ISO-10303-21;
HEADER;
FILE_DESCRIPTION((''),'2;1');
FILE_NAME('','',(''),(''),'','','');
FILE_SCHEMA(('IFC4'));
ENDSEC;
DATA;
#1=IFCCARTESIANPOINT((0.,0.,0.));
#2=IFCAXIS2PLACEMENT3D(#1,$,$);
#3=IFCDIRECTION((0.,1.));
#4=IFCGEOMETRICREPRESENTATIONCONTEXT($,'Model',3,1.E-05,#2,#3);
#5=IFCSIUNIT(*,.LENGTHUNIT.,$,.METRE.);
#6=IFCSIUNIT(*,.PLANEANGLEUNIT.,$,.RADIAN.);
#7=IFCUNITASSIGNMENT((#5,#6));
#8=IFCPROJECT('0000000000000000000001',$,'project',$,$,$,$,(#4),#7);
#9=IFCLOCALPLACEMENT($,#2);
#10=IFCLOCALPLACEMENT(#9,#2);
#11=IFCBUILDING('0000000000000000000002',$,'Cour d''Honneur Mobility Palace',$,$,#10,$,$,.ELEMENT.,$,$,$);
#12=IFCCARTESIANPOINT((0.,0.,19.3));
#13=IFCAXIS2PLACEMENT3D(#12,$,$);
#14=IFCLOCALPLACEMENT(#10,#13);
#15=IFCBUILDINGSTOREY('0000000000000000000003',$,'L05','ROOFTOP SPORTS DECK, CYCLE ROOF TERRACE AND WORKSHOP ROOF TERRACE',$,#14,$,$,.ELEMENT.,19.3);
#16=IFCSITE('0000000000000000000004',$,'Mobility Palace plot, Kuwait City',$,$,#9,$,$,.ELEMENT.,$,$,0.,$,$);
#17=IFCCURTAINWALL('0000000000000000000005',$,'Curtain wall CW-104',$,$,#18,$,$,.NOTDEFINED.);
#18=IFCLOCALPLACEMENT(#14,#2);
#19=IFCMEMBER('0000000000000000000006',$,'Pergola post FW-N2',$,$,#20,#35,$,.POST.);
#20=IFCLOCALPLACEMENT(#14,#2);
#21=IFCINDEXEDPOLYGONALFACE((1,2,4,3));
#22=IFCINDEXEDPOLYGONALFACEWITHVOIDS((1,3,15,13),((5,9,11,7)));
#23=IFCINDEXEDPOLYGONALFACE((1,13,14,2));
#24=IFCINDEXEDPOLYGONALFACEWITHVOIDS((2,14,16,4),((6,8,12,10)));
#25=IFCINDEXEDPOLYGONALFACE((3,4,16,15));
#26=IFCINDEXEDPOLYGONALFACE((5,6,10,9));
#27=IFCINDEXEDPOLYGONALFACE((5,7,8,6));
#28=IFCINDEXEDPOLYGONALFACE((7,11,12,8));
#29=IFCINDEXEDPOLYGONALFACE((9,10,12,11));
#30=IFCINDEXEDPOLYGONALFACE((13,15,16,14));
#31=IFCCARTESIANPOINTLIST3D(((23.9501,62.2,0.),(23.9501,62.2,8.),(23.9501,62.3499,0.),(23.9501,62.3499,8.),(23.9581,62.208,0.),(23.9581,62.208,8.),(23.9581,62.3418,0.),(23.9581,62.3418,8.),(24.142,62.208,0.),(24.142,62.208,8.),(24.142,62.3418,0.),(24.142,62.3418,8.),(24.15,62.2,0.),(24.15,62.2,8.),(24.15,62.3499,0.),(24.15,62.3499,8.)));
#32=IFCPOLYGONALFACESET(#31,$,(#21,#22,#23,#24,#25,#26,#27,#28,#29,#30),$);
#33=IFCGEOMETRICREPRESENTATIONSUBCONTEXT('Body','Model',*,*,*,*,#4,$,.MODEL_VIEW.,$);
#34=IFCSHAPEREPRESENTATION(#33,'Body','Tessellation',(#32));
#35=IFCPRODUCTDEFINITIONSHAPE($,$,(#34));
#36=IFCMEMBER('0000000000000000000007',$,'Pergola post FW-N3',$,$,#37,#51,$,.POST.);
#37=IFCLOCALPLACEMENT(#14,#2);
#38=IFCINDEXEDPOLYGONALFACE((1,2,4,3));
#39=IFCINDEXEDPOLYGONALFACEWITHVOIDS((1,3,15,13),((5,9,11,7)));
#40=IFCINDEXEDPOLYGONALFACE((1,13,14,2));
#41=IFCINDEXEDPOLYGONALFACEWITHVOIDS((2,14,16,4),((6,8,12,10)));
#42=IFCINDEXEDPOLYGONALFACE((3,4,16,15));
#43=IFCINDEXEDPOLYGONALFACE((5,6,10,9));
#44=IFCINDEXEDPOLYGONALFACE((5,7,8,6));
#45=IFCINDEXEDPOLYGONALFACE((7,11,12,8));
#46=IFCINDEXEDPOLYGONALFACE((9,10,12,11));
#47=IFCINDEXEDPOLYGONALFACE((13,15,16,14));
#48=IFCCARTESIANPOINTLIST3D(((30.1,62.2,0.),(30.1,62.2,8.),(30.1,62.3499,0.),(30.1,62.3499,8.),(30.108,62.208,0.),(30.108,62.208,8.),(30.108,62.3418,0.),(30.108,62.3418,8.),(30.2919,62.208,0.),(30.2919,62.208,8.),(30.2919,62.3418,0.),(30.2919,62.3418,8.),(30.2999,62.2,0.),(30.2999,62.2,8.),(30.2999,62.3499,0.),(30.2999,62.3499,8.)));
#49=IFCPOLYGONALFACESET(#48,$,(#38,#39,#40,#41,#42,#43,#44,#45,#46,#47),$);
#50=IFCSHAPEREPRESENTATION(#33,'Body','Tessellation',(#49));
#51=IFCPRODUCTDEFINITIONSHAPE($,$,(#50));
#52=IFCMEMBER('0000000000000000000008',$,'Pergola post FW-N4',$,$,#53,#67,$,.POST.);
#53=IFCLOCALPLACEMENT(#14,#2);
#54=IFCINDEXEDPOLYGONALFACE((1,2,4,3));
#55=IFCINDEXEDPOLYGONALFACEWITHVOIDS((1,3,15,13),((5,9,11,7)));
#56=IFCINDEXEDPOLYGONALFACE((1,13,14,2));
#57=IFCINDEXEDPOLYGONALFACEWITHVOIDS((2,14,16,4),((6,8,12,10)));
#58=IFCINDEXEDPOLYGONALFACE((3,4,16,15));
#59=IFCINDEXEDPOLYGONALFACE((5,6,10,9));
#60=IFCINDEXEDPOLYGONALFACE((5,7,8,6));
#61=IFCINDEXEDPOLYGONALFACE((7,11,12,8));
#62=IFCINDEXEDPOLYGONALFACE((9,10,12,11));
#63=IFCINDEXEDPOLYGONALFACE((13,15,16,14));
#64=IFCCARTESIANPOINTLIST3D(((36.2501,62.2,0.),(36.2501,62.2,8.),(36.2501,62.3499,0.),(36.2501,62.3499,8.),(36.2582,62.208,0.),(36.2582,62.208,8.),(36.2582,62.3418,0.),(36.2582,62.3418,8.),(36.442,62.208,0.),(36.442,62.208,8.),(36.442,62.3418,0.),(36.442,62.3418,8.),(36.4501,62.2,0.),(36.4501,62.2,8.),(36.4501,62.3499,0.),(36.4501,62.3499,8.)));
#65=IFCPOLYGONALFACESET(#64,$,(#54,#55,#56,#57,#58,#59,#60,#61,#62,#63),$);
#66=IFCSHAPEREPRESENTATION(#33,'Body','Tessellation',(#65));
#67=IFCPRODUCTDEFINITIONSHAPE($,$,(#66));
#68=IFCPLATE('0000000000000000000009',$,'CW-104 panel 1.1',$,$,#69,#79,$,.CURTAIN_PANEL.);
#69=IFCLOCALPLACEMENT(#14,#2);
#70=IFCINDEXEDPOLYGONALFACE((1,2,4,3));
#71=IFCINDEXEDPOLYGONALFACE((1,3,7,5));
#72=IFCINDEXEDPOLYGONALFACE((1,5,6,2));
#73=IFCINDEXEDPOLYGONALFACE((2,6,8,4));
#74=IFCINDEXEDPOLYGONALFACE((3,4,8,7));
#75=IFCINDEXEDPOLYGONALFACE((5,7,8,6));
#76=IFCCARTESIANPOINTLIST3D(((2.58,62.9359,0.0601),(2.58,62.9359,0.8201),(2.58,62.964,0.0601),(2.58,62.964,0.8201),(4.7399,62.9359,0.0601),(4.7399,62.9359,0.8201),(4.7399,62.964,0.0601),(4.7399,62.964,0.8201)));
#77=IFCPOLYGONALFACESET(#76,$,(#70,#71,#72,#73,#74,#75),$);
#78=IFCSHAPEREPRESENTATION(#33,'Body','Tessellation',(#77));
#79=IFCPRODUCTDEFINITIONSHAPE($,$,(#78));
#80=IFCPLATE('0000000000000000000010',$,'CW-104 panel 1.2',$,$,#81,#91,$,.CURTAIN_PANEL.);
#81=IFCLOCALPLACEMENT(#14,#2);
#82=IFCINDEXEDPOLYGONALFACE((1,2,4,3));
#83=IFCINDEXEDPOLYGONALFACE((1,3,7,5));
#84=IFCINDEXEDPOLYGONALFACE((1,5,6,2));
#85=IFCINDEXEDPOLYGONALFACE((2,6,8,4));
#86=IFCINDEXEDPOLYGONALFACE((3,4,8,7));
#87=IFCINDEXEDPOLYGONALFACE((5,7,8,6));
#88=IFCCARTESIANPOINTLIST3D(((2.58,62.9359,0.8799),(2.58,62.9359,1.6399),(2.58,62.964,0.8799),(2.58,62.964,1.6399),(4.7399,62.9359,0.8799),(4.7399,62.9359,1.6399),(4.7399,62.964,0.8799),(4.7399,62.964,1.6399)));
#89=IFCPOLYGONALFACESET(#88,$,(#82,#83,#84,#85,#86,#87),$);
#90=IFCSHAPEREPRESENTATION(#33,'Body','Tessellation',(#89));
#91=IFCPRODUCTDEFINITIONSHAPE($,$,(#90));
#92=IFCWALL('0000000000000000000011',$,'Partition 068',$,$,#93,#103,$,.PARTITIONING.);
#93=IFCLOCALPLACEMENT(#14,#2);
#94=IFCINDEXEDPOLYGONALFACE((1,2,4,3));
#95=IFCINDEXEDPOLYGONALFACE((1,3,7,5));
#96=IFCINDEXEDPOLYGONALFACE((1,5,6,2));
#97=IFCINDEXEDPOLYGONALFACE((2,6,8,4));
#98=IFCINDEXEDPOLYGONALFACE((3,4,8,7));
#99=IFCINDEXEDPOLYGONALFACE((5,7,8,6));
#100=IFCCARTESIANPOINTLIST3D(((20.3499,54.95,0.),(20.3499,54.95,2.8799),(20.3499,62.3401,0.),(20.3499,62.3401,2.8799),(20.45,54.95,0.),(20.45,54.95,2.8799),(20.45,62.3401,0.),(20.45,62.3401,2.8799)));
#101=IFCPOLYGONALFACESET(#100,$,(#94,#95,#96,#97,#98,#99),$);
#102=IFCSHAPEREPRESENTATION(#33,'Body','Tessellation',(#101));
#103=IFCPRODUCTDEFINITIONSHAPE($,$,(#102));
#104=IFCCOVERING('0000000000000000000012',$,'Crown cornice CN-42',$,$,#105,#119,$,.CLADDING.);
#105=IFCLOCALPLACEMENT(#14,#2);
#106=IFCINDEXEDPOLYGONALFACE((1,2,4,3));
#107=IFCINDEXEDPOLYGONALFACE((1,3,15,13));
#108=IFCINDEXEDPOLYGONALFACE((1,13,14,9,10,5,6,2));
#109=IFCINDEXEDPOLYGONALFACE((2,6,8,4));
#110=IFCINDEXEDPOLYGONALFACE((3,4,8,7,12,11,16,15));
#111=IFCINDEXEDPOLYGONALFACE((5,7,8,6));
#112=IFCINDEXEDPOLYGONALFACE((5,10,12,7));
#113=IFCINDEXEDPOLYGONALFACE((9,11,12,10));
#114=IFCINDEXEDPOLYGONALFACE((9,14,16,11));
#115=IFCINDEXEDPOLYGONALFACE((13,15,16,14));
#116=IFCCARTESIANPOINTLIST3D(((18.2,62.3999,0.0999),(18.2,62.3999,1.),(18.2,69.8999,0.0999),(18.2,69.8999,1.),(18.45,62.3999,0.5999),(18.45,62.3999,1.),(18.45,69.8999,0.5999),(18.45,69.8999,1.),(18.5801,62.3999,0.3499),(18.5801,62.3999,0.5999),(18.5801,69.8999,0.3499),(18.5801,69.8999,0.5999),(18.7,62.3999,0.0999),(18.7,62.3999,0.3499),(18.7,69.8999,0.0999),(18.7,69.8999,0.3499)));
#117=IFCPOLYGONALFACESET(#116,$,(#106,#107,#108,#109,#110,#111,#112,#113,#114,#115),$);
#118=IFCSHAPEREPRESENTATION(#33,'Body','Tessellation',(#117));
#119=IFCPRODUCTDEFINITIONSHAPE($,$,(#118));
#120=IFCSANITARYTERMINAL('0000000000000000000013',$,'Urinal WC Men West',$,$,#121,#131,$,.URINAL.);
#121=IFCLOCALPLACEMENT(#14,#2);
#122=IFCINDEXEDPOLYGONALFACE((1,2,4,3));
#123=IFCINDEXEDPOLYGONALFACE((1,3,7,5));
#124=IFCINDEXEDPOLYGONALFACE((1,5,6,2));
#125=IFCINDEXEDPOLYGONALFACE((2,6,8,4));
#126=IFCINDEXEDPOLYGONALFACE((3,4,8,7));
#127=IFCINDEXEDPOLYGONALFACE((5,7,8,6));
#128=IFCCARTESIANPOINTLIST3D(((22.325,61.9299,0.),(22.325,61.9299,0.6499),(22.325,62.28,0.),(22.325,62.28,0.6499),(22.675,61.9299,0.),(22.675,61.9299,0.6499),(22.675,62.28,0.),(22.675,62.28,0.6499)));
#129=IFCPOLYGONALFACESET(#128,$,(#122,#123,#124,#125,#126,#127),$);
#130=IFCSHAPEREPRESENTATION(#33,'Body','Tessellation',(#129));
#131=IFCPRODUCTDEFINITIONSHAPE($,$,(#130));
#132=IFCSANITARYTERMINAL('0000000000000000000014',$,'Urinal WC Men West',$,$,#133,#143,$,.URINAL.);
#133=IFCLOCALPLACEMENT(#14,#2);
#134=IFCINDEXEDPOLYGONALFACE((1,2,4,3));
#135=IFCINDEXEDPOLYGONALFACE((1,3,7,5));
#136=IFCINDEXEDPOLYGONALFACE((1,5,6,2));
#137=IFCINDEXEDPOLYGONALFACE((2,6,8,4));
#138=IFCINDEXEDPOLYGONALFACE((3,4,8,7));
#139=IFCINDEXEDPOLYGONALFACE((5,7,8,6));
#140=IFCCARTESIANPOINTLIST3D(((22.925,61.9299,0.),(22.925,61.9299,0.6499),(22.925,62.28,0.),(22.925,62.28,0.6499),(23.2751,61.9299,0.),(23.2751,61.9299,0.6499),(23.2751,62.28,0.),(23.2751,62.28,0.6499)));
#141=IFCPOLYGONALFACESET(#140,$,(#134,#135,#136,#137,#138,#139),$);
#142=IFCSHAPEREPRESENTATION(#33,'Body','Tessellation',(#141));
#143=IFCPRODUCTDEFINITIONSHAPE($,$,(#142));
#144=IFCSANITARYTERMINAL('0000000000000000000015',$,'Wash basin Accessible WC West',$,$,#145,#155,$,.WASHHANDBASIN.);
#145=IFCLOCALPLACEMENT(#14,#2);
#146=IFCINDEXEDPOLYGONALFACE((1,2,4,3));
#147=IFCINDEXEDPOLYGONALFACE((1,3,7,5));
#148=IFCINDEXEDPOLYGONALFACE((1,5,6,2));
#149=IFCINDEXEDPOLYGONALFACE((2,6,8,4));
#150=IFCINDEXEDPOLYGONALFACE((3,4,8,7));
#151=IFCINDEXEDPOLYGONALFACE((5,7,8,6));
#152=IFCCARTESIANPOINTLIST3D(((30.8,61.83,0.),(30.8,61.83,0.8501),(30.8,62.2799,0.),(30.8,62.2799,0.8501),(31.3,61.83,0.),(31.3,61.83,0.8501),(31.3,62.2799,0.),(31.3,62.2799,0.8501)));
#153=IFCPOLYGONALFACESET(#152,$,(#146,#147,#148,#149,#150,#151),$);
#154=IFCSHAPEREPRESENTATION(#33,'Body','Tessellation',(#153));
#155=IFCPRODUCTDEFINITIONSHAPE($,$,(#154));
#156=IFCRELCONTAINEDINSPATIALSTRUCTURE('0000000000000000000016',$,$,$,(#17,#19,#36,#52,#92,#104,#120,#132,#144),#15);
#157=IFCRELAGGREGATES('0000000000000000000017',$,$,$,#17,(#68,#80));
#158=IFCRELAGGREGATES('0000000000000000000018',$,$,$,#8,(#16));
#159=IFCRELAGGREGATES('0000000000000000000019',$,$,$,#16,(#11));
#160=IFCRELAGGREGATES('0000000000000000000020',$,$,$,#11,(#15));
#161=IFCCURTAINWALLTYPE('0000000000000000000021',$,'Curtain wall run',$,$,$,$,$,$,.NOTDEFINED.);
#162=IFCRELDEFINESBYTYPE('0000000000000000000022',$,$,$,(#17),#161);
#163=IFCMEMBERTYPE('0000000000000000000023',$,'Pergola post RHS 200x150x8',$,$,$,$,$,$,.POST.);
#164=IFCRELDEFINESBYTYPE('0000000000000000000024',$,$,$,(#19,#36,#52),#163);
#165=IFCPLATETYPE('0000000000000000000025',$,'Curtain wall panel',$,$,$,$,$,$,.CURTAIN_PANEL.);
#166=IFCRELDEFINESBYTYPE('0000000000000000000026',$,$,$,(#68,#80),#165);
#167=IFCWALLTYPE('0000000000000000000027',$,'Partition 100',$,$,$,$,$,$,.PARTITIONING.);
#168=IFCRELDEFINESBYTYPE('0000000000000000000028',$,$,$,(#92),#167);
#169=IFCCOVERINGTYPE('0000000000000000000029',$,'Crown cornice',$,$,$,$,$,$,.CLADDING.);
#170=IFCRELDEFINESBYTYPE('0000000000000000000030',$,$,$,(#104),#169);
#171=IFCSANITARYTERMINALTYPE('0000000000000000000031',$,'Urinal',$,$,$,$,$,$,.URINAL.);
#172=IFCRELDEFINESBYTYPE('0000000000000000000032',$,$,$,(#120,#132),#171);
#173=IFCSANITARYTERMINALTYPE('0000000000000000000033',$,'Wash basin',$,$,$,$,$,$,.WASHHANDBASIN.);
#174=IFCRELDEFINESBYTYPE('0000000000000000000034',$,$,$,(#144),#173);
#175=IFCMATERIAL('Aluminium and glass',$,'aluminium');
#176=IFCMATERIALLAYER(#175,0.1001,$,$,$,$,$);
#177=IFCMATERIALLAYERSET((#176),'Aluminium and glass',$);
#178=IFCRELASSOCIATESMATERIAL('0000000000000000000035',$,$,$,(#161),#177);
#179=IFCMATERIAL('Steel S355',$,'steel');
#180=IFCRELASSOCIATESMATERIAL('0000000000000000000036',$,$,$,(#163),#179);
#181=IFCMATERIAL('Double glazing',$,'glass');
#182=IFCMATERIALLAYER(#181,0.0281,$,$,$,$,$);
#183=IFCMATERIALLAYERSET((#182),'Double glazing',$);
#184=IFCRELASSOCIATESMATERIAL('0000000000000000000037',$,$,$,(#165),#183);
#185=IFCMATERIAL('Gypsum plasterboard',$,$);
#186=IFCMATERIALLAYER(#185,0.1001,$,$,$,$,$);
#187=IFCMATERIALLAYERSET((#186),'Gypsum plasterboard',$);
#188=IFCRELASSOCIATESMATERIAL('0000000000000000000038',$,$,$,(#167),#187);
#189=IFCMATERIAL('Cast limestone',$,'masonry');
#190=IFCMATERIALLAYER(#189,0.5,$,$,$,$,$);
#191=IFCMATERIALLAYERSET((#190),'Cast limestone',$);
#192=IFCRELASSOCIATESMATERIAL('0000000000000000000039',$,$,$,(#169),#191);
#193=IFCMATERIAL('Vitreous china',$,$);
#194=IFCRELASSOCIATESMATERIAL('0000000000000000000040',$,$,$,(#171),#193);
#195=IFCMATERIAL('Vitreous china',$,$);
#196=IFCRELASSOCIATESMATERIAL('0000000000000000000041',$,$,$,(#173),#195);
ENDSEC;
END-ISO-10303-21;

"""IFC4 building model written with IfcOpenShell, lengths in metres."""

from ifc_helpers import new_model, si_unit, direction, frame, frame_2d, origin, origin_2d, place, context, subcontext, project, spatial, polyline, rectangle, hollow_rectangle, outline, extrude, material, layer, layer_set, material_profile, profile_set, type_object, element, aggregate, save


model = new_model("IFC4")

# Units and contexts
model_context = context("Model", 3, precision=1e-05, world=origin(), true_north=direction((0.0, 1.0)))
body_context = subcontext(model_context, "Body", "Model", "MODEL_VIEW")
ifc_project = project(units=[si_unit("LENGTHUNIT", "METRE"), si_unit("PLANEANGLEUNIT", "RADIAN")], contexts=[model_context])

# Site, building, storey
site_placement = place(None, origin())
site = spatial("IfcSite", under=ifc_project, at=site_placement, Name="Mobility Palace plot, Kuwait City", CompositionType="ELEMENT", RefElevation=0.0)
building_placement = place(site_placement, origin())
building = spatial("IfcBuilding", under=site, at=building_placement, Name="Cour d'Honneur Mobility Palace", CompositionType="ELEMENT")
storey_placement = place(building_placement, frame((0.0, 0.0, 19.3)))
storey = spatial("IfcBuildingStorey", under=building, at=storey_placement, Name="L05", Description="ROOFTOP SPORTS DECK, CYCLE ROOF TERRACE AND WORKSHOP ROOF TERRACE", CompositionType="ELEMENT", Elevation=19.3)

# Curtain wall
ifc_material_1 = material(Name="Aluminium and glass", Category="aluminium")
ifc_layer_1 = layer(ifc_material_1, 0.1001)
ifc_layer_set_1 = layer_set([ifc_layer_1], Name="Aluminium and glass")
curtain_wall_type = type_object("IfcCurtainWallType", Name="Curtain wall run", PredefinedType="NOTDEFINED", material=ifc_layer_set_1)
curtain_wall_placement = place(storey_placement, origin())
curtain_wall = element("IfcCurtainWall", 1, at=curtain_wall_placement, inside=storey, type_object=curtain_wall_type, Name="Curtain wall CW-104", PredefinedType="NOTDEFINED")

# Members
ifc_material_2 = material(Name="Steel S355", Category="steel")
ifc_material_profile_1 = material_profile(ifc_material_2, hollow_rectangle(XDim=0.1499, YDim=0.2, WallThickness=0.0081, at=origin_2d()), Name="RHS 200x150x8")
ifc_profile_set_1 = profile_set([ifc_material_profile_1], Name="Steel S355")
member_type_1 = type_object("IfcMemberType", Name="Pergola post RHS 200x150x8", PredefinedType="POST", material=ifc_profile_set_1)
for number, where, z_axis, x_axis, name in (
    (2, (24.05, 62.2749, 0.0), (0.0, 0.0, 1.0), (0.0, 1.0, 0.0), "Pergola post FW-N2"),
    (3, (30.2, 62.2749, 0.0), (0.0, 0.0, 1.0), (0.0, 1.0, 0.0), "Pergola post FW-N3"),
    (4, (36.3501, 62.2749, 0.0), (0.0, 0.0, 1.0), (0.0, 1.0, 0.0), "Pergola post FW-N4"),
):
    element("IfcMember", number, at=place(storey_placement, frame(where, z_axis=z_axis, x_axis=x_axis)), inside=storey, type_object=member_type_1, Name=name, PredefinedType="POST", context=body_context, shape_type="SweptSolid", body=[
        extrude(hollow_rectangle(XDim=0.1499, YDim=0.2, WallThickness=0.0081, at=origin_2d()), origin(), (0.0, 0.0, 1.0), 8.0),
    ])

# Plates
ifc_material_3 = material(Name="Double glazing", Category="glass")
ifc_layer_2 = layer(ifc_material_3, 0.0281)
ifc_layer_set_2 = layer_set([ifc_layer_2], Name="Double glazing")
plate_type = type_object("IfcPlateType", Name="Curtain wall panel", PredefinedType="CURTAIN_PANEL", material=ifc_layer_set_2)
plate_1_placement = place(storey_placement, frame((3.6599, 62.95, 0.0601), z_axis=(0.0, 0.0, 1.0), x_axis=(-1.0, 0.0, 0.0)))
plate_1 = element("IfcPlate", 5, at=plate_1_placement, type_object=plate_type, Name="CW-104 panel 1.1", PredefinedType="CURTAIN_PANEL", context=body_context, shape_type="SweptSolid", body=[
    extrude(rectangle(XDim=2.1599, YDim=0.0281, at=origin_2d()), origin(), (0.0, 0.0, 1.0), 0.76),
])
plate_2_placement = place(storey_placement, frame((3.6599, 62.95, 0.8799), z_axis=(0.0, 0.0, 1.0), x_axis=(-1.0, 0.0, 0.0)))
plate_2 = element("IfcPlate", 6, at=plate_2_placement, type_object=plate_type, Name="CW-104 panel 1.2", PredefinedType="CURTAIN_PANEL", context=body_context, shape_type="SweptSolid", body=[
    extrude(rectangle(XDim=2.1599, YDim=0.0281, at=origin_2d()), origin(), (0.0, 0.0, 1.0), 0.76),
])
aggregate(curtain_wall, [plate_1, plate_2])

# Wall
ifc_material_4 = material(Name="Gypsum plasterboard")
ifc_layer_3 = layer(ifc_material_4, 0.1001)
ifc_layer_set_3 = layer_set([ifc_layer_3], Name="Gypsum plasterboard")
wall_type = type_object("IfcWallType", Name="Partition 100", PredefinedType="PARTITIONING", material=ifc_layer_set_3)
wall_placement = place(storey_placement, frame((20.3999, 62.3401, 0.0), z_axis=(0.0, 0.0, 1.0), x_axis=(0.0, -1.0, 0.0)))
element("IfcWall", 7, at=wall_placement, inside=storey, type_object=wall_type, Name="Partition 068", PredefinedType="PARTITIONING", context=body_context, shape_type="SweptSolid", body=[
    extrude(rectangle(XDim=7.3901, YDim=0.1001, at=frame_2d((3.6951, 0.0))), origin(), (0.0, 0.0, 1.0), 2.8799),
])

# Covering
ifc_material_5 = material(Name="Cast limestone", Category="masonry")
ifc_layer_4 = layer(ifc_material_5, 0.5)
ifc_layer_set_4 = layer_set([ifc_layer_4], Name="Cast limestone")
covering_type = type_object("IfcCoveringType", Name="Crown cornice", PredefinedType="CLADDING", material=ifc_layer_set_4)
covering_placement = place(storey_placement, frame((18.2, 62.3999, 0.0999), z_axis=(0.0, -1.0, 0.0), x_axis=(1.0, 0.0, 0.0)))
element("IfcCovering", 8, at=covering_placement, inside=storey, type_object=covering_type, Name="Crown cornice CN-42", PredefinedType="CLADDING", context=body_context, shape_type="SweptSolid", body=[
    extrude(outline(polyline([(0.0, 0.0), (0.5, 0.0), (0.5, 0.25), (0.3801, 0.25), (0.3801, 0.5), (0.25, 0.5), (0.25, 0.9001), (0.0, 0.9001), (0.0, 0.0)])), origin(), (0.0, 0.0, -1.0), 7.5),
])

# Sanitary terminals
ifc_material_6 = material(Name="Vitreous china")
sanitary_terminal_type_1 = type_object("IfcSanitaryTerminalType", Name="Urinal", PredefinedType="URINAL", material=ifc_material_6)
for number, where, z_axis, x_axis, name in (
    (9, (22.5, 62.105, 0.0), (0.0, 0.0, 1.0), (1.0, 0.0, 0.0), "Urinal WC Men West"),
    (10, (23.1001, 62.105, 0.0), (0.0, 0.0, 1.0), (1.0, 0.0, 0.0), "Urinal WC Men West"),
):
    element("IfcSanitaryTerminal", number, at=place(storey_placement, frame(where, z_axis=z_axis, x_axis=x_axis)), inside=storey, type_object=sanitary_terminal_type_1, Name=name, PredefinedType="URINAL", context=body_context, shape_type="SweptSolid", body=[
        extrude(rectangle(XDim=0.3501, YDim=0.3501, at=origin_2d()), origin(), (0.0, 0.0, 1.0), 0.6499),
    ])
ifc_material_7 = material(Name="Vitreous china")
sanitary_terminal_type_2 = type_object("IfcSanitaryTerminalType", Name="Wash basin", PredefinedType="WASHHANDBASIN", material=ifc_material_7)
sanitary_terminal_placement = place(storey_placement, frame((31.05, 62.0549, 0.0), z_axis=(0.0, 0.0, 1.0), x_axis=(1.0, 0.0, 0.0)))
element("IfcSanitaryTerminal", 11, at=sanitary_terminal_placement, inside=storey, type_object=sanitary_terminal_type_2, Name="Wash basin Accessible WC West", PredefinedType="WASHHANDBASIN", context=body_context, shape_type="SweptSolid", body=[
    extrude(rectangle(XDim=0.5, YDim=0.45, at=origin_2d()), origin(), (0.0, 0.0, 1.0), 0.8501),
])

save(model, "model.ifc")
